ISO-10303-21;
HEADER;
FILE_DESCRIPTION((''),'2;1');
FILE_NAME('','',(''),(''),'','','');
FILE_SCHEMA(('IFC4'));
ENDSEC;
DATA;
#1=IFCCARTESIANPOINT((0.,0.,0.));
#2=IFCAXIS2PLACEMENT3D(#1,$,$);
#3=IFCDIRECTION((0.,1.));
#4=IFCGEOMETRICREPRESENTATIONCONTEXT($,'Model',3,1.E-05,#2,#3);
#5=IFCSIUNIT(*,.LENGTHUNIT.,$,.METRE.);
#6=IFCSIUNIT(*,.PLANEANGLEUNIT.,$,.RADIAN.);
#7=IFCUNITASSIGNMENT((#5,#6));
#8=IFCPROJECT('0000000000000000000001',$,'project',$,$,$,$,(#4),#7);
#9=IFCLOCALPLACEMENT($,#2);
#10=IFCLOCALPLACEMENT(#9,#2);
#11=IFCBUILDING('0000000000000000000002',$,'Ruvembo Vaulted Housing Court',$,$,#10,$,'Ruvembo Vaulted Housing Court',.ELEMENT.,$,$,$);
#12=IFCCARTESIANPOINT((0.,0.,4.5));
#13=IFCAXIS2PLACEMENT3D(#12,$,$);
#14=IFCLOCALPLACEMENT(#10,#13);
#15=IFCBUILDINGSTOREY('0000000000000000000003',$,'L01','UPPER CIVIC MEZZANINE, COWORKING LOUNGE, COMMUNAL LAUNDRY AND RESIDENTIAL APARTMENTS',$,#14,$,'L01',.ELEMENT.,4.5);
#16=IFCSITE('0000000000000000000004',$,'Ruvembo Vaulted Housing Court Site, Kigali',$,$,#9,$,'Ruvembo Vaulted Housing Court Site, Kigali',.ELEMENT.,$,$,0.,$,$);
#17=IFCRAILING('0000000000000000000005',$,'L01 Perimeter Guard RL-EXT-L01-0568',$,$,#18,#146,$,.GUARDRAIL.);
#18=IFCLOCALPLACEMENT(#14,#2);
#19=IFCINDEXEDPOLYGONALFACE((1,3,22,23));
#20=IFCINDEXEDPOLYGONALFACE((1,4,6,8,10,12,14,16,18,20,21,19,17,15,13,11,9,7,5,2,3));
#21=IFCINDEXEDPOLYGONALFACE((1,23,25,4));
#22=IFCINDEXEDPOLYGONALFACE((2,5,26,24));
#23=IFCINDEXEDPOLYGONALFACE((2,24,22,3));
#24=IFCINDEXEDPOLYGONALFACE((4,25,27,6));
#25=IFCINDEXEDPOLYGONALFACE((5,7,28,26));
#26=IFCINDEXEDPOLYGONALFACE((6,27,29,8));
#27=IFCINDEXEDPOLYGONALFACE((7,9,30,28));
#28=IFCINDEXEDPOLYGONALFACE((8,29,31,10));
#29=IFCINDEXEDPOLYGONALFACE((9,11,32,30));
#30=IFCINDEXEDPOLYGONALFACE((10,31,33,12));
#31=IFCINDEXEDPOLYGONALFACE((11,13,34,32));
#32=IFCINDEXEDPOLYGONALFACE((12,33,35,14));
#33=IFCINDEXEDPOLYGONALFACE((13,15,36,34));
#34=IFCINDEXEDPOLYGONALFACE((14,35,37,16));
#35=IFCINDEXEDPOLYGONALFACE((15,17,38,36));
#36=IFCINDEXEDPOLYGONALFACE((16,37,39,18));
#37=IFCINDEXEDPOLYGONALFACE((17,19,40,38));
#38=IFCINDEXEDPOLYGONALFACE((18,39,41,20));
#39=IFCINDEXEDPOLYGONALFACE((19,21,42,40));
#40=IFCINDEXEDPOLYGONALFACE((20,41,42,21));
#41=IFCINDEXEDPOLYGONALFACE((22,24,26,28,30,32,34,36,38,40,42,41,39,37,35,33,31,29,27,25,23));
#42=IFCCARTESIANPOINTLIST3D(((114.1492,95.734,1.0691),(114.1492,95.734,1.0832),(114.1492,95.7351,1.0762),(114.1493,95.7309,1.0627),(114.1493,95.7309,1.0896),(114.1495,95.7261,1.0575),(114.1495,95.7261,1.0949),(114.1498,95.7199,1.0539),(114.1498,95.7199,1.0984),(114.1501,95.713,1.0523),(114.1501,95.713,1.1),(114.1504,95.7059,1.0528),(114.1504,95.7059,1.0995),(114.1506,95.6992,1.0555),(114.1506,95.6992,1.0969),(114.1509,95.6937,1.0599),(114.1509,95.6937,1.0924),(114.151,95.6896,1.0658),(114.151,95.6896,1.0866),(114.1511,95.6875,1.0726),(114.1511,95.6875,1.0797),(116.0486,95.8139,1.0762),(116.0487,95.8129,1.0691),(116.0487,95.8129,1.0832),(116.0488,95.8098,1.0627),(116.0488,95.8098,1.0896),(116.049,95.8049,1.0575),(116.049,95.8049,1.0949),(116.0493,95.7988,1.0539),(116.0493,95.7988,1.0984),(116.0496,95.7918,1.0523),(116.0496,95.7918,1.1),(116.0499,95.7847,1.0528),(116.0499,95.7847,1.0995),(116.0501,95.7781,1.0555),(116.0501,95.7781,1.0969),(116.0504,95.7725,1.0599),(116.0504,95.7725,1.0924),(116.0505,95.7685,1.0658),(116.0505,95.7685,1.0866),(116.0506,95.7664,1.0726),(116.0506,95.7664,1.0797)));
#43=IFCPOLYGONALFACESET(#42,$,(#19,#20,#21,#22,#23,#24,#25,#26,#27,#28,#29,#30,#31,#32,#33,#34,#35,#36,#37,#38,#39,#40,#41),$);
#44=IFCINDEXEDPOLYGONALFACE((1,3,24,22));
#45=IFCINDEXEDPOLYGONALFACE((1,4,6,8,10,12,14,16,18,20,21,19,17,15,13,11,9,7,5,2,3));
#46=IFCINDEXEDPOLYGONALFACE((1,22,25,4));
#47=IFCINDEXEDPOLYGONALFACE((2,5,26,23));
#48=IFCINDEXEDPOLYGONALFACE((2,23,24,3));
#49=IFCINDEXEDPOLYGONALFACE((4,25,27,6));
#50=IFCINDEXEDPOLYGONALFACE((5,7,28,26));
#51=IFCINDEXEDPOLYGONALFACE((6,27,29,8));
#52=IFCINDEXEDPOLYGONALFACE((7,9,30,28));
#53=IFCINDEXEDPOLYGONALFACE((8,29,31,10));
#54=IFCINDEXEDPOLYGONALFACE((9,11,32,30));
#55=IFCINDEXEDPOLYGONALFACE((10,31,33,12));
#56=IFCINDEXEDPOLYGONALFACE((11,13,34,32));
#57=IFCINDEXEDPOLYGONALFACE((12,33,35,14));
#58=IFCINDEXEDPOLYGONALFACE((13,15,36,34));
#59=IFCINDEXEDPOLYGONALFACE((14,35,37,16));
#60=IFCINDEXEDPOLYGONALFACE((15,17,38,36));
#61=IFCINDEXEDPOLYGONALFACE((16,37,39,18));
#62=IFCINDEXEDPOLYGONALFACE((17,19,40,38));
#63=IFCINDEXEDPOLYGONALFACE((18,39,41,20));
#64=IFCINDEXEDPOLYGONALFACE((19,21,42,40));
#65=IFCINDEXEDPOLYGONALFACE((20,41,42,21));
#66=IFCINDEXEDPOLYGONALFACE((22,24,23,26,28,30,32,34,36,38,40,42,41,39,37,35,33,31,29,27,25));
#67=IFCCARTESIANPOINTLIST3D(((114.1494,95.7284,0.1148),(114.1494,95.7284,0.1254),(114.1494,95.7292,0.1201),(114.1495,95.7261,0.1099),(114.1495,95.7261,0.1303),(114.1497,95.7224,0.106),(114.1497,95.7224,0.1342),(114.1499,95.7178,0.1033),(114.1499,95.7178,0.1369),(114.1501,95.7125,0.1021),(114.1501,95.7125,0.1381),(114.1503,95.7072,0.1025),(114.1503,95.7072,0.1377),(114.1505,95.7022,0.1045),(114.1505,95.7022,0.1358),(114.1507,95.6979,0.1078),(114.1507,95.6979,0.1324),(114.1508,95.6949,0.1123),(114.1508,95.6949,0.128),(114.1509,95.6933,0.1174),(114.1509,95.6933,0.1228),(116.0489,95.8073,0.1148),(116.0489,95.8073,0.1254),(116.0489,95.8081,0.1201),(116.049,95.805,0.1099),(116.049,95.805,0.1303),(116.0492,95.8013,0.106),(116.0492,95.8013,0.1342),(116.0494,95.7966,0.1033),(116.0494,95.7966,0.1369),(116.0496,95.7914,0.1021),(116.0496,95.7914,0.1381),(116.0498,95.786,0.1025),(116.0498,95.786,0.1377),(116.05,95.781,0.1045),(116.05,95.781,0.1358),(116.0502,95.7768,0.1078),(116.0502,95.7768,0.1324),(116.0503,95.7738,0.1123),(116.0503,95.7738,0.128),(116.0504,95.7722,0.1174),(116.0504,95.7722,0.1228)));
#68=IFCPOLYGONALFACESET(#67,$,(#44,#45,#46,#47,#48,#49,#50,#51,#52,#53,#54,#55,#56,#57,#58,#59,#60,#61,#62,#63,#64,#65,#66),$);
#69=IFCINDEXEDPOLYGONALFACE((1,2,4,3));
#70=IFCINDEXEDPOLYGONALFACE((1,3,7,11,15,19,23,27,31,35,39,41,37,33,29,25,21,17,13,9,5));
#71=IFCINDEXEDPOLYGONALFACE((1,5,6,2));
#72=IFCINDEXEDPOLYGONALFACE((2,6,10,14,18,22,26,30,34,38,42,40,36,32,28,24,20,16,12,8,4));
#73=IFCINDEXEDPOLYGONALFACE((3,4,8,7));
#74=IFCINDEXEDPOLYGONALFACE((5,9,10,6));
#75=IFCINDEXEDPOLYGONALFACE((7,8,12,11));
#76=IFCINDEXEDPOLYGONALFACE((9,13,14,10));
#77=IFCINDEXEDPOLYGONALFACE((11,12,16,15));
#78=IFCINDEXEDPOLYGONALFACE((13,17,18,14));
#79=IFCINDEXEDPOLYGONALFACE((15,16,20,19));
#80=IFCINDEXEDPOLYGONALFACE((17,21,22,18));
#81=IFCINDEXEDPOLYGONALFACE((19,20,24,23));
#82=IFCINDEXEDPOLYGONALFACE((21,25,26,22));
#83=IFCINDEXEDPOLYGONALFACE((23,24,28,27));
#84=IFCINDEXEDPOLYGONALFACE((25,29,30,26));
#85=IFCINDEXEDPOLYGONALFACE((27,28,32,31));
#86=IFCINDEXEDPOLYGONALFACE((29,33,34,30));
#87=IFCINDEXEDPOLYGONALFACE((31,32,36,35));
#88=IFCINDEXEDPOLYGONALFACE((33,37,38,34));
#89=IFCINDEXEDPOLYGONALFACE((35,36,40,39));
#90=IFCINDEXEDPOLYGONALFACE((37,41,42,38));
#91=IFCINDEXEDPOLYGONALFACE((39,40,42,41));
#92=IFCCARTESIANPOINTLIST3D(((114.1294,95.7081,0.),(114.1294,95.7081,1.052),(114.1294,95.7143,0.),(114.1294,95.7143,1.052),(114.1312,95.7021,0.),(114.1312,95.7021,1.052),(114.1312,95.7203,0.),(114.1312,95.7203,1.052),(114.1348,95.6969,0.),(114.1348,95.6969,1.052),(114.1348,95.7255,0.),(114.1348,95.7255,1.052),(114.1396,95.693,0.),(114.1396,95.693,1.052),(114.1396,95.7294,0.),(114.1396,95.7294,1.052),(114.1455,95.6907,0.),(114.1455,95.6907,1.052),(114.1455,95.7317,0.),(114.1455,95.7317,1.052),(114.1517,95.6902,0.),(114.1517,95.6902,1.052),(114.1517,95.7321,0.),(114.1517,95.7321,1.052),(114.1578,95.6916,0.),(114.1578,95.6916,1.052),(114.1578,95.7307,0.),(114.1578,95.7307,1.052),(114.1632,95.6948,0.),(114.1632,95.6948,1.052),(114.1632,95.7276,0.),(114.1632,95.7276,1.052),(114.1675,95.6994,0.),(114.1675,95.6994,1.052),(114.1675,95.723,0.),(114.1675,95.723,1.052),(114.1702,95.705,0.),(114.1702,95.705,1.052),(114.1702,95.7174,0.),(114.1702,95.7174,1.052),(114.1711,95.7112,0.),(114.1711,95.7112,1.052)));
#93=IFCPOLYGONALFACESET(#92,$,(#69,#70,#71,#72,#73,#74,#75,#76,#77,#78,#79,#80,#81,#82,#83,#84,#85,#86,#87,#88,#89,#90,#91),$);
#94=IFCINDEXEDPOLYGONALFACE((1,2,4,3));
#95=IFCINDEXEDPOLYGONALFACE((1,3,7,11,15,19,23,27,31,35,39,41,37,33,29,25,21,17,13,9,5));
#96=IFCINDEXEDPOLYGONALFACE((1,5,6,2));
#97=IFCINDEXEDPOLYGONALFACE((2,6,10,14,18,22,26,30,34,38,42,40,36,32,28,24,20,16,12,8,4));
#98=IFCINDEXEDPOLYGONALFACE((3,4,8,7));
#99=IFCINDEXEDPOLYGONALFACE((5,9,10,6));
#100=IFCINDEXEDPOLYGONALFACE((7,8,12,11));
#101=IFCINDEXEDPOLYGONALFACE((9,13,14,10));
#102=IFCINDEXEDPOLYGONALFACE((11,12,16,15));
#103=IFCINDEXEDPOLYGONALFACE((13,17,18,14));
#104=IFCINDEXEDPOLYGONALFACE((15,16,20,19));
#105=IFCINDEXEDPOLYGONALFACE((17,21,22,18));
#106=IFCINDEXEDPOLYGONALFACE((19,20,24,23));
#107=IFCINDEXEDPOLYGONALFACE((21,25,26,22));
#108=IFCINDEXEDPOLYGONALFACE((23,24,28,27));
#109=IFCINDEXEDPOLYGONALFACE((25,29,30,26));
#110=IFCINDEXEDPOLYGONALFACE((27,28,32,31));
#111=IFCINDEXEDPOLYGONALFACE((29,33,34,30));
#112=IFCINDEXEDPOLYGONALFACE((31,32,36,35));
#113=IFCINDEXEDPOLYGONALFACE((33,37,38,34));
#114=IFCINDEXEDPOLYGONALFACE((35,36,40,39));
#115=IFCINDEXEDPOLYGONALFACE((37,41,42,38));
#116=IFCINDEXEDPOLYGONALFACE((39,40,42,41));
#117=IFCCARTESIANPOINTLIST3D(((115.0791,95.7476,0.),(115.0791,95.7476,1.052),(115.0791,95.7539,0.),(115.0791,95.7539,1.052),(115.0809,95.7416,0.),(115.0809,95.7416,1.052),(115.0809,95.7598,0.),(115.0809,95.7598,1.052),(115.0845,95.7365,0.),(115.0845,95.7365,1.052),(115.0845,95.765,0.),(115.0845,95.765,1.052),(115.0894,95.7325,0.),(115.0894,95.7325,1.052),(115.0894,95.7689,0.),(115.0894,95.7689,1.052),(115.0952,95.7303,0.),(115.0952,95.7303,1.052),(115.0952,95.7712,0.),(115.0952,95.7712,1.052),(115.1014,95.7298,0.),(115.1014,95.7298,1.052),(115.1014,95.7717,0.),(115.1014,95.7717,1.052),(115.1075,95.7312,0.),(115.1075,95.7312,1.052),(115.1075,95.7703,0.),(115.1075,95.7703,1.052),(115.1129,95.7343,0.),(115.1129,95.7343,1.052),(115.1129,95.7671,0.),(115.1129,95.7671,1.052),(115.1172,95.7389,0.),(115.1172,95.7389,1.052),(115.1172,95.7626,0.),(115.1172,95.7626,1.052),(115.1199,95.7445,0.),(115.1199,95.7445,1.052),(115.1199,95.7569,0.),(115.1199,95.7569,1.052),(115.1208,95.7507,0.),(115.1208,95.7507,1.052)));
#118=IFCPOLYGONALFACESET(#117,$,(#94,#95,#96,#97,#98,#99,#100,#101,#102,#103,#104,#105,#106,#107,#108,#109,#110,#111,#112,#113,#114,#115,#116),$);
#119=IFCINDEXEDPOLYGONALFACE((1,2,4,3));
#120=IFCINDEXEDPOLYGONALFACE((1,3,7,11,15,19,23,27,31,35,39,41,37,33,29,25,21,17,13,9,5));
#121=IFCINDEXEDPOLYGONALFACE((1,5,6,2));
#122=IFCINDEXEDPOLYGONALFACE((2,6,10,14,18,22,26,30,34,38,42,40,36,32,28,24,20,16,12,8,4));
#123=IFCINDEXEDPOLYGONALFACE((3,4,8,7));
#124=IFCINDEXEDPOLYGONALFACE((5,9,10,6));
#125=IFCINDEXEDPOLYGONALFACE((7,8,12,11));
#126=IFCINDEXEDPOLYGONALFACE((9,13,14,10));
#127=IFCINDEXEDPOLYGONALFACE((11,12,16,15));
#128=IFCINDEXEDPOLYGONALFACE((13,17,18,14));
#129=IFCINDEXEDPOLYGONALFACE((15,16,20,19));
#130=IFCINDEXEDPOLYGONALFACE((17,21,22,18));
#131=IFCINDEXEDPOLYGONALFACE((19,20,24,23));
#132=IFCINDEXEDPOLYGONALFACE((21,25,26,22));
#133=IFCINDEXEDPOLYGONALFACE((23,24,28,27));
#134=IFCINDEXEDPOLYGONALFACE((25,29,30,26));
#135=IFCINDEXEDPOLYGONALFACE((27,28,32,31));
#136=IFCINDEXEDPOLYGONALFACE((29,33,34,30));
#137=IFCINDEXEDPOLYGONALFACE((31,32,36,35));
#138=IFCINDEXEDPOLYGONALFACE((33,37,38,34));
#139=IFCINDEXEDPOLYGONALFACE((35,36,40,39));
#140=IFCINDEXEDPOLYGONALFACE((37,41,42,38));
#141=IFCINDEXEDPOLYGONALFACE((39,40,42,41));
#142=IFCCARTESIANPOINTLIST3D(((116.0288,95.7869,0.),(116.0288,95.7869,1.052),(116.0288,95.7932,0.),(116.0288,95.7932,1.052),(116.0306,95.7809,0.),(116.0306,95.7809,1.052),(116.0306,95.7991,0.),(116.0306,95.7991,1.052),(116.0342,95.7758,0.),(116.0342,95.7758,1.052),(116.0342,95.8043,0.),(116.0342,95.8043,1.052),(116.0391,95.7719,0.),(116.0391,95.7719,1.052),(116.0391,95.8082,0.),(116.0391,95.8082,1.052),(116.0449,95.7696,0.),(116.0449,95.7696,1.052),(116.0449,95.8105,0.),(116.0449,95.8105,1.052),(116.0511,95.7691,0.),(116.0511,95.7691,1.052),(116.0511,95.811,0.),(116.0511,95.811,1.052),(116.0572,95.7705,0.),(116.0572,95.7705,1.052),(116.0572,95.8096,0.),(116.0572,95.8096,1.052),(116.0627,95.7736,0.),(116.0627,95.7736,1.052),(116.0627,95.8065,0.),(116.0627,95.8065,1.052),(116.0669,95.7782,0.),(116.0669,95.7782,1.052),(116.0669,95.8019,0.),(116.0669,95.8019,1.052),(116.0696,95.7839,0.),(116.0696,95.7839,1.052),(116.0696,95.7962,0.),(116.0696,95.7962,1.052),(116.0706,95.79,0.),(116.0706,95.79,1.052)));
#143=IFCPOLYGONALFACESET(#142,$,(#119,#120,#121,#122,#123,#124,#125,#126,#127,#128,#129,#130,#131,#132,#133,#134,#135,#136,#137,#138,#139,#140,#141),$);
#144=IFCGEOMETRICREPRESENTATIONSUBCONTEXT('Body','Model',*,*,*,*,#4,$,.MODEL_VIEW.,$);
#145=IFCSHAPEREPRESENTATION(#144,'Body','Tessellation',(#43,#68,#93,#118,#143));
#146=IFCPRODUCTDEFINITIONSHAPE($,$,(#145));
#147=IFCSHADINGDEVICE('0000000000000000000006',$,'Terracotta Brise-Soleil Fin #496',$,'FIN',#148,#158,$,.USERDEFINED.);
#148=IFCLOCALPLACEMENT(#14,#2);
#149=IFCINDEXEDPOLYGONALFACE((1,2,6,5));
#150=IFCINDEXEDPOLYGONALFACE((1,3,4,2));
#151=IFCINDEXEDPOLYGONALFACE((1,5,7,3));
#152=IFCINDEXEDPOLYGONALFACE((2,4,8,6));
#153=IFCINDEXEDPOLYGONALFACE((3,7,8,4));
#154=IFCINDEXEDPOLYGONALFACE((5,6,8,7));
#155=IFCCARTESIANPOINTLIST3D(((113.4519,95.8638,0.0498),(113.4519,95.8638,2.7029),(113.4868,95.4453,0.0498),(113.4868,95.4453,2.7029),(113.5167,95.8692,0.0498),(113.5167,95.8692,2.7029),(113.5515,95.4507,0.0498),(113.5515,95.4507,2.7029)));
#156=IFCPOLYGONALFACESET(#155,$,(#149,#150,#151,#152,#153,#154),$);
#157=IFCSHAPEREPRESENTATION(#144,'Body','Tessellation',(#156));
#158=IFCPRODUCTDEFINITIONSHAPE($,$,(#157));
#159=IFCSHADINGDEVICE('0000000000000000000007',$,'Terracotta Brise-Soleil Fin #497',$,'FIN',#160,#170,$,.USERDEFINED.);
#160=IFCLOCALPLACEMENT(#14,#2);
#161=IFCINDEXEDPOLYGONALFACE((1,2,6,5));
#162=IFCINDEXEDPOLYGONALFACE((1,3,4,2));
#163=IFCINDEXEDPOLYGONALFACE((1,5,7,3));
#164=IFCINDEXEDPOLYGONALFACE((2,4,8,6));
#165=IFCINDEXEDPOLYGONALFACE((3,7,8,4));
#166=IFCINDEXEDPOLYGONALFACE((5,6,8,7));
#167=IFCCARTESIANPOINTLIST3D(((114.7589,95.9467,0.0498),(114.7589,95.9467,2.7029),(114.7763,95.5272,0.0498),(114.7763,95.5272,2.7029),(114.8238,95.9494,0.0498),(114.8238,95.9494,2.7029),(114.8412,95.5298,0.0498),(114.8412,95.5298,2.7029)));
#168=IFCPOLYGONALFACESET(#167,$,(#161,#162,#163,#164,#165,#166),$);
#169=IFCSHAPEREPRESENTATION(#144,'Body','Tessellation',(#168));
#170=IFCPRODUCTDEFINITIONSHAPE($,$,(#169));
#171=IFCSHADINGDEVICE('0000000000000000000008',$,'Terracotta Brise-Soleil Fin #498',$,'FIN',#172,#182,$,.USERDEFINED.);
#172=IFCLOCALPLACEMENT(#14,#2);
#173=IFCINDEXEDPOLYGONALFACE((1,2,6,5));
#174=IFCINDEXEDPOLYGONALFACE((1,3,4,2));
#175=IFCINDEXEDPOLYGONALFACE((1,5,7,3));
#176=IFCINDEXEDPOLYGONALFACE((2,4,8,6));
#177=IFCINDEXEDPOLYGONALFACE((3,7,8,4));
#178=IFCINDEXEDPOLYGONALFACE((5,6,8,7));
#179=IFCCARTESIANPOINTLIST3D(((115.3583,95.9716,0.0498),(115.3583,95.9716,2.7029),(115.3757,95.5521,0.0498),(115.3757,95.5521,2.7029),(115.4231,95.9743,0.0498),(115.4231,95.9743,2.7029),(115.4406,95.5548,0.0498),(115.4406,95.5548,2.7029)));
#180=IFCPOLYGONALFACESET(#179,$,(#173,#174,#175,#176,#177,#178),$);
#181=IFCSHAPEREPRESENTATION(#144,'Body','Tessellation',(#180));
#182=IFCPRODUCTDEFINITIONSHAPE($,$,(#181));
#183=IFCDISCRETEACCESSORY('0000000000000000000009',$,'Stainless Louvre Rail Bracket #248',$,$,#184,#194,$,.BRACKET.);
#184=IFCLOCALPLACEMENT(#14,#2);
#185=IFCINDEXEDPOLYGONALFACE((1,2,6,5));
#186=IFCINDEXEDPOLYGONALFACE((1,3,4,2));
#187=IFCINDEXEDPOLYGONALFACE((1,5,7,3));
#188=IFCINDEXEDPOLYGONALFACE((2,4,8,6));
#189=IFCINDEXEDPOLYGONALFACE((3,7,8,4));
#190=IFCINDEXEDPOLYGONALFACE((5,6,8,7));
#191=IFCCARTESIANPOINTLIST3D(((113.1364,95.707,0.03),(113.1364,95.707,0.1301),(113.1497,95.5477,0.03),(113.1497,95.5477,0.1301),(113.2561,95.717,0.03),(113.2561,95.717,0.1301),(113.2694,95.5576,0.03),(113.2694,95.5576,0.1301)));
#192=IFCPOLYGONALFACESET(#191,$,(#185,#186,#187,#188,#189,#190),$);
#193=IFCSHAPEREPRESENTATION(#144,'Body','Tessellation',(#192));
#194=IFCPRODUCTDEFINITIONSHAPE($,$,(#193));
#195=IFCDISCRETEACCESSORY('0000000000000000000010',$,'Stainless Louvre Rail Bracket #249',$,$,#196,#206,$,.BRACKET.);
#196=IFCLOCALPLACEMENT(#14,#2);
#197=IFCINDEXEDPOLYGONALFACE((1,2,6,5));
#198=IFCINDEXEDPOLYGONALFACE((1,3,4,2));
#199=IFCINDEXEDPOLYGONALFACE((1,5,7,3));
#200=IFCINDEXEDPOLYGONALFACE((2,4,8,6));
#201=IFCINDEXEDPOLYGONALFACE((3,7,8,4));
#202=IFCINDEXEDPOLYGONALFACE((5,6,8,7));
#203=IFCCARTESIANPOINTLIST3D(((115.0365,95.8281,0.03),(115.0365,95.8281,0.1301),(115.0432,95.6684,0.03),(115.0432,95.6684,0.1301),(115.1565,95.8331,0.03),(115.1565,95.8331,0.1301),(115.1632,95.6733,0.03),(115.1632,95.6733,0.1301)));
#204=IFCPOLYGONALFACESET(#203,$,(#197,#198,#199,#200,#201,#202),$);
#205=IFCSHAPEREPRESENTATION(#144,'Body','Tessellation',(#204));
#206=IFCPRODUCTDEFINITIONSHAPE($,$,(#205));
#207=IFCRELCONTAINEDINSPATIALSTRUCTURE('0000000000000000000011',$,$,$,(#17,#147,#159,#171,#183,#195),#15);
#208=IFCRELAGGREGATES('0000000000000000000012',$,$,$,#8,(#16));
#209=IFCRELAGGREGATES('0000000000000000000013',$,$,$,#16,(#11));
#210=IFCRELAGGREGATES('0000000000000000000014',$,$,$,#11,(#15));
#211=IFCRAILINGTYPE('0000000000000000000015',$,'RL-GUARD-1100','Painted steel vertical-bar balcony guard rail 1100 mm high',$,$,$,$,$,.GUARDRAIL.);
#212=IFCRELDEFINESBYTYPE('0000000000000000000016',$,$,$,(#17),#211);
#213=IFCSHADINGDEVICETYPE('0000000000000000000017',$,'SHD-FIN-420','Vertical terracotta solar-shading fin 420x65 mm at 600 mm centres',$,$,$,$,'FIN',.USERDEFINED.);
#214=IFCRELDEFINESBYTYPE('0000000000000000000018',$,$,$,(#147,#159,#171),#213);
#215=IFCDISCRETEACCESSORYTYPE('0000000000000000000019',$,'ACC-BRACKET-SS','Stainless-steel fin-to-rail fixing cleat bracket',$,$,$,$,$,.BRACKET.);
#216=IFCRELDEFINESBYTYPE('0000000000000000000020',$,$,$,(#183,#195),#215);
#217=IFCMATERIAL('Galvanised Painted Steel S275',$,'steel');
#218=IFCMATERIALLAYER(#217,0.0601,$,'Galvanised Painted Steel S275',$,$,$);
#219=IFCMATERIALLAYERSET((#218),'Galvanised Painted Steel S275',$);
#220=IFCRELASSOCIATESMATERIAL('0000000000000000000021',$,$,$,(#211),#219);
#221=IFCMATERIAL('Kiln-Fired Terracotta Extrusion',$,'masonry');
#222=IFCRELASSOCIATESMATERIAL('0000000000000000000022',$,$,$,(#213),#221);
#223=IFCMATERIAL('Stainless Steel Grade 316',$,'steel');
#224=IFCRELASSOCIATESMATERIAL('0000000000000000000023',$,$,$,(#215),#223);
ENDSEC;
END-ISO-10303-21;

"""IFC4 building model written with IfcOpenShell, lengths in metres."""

from ifc_helpers import new_model, si_unit, direction, frame, origin, origin_2d, place, context, subcontext, project, spatial, rectangle, circle, extrude, material, layer, layer_set, type_object, element, save


model = new_model("IFC4")

# Units and contexts
model_context = context("Model", 3, precision=1e-05, world=origin(), true_north=direction((0.0, 1.0)))
body_context = subcontext(model_context, "Body", "Model", "MODEL_VIEW")
ifc_project = project(units=[si_unit("LENGTHUNIT", "METRE"), si_unit("PLANEANGLEUNIT", "RADIAN")], contexts=[model_context])

# Site, building, storey
site_placement = place(None, origin())
site = spatial("IfcSite", under=ifc_project, at=site_placement, Name="Ruvembo Vaulted Housing Court Site, Kigali", LongName="Ruvembo Vaulted Housing Court Site, Kigali", CompositionType="ELEMENT", RefElevation=0.0)
building_placement = place(site_placement, origin())
building = spatial("IfcBuilding", under=site, at=building_placement, Name="Ruvembo Vaulted Housing Court", LongName="Ruvembo Vaulted Housing Court", CompositionType="ELEMENT")
storey_placement = place(building_placement, frame((0.0, 0.0, 4.5)))
storey = spatial("IfcBuildingStorey", under=building, at=storey_placement, Name="L01", Description="UPPER CIVIC MEZZANINE, COWORKING LOUNGE, COMMUNAL LAUNDRY AND RESIDENTIAL APARTMENTS", LongName="L01", CompositionType="ELEMENT", Elevation=4.5)

# Railing
ifc_material_1 = material(Name="Galvanised Painted Steel S275", Category="steel")
ifc_layer_1 = layer(ifc_material_1, 0.0601, Name="Galvanised Painted Steel S275")
ifc_layer_set_1 = layer_set([ifc_layer_1], Name="Galvanised Painted Steel S275")
railing_type = type_object("IfcRailingType", Name="RL-GUARD-1100", Description="Painted steel vertical-bar balcony guard rail 1100 mm high", PredefinedType="GUARDRAIL", material=ifc_layer_set_1)
railing_placement = place(storey_placement, frame((114.1501, 95.7112, 0.0)))
element("IfcRailing", 1, at=railing_placement, inside=storey, type_object=railing_type, Name="L01 Perimeter Guard RL-EXT-L01-0568", PredefinedType="GUARDRAIL", context=body_context, shape_type="SweptSolid", body=[
    extrude(circle(Radius=0.0239, at=origin_2d()), frame((0.0, 0.0, 1.0762), z_axis=(0.999139, 0.041481, 0.0), x_axis=(-0.041481, 0.999139, 0.0)), (0.0, 0.0, 1.0), 1.9011),
    extrude(circle(Radius=0.0181, at=origin_2d()), frame((0.0, 0.0, 0.1201), z_axis=(0.999139, 0.041481, 0.0), x_axis=(-0.041481, 0.999139, 0.0)), (0.0, 0.0, 1.0), 1.9011),
    extrude(circle(Radius=0.021, at=origin_2d()), origin(), (0.0, 0.0, 1.0), 1.052),
    extrude(circle(Radius=0.021, at=origin_2d()), frame((0.9497, 0.0396, 0.0)), (0.0, 0.0, 1.0), 1.052),
    extrude(circle(Radius=0.021, at=origin_2d()), frame((1.8994, 0.0789, 0.0)), (0.0, 0.0, 1.0), 1.052),
])

# Shading devices
ifc_material_2 = material(Name="Kiln-Fired Terracotta Extrusion", Category="masonry")
shading_device_type = type_object("IfcShadingDeviceType", Name="SHD-FIN-420", Description="Vertical terracotta solar-shading fin 420x65 mm at 600 mm centres", ElementType="FIN", PredefinedType="USERDEFINED", material=ifc_material_2)
for number, where, z_axis, x_axis, name in (
    (2, (113.5017, 95.6572, 0.0498), (0.0, 0.0, 1.0), (0.082895, -0.996558, 0.0), "Terracotta Brise-Soleil Fin #496"),
    (3, (114.8, 95.7383, 0.0498), (0.0, 0.0, 1.0), (0.041509, -0.999138, 0.0), "Terracotta Brise-Soleil Fin #497"),
    (4, (115.3994, 95.7632, 0.0498), (0.0, 0.0, 1.0), (0.041509, -0.999138, 0.0), "Terracotta Brise-Soleil Fin #498"),
):
    element("IfcShadingDevice", number, at=place(storey_placement, frame(where, z_axis=z_axis, x_axis=x_axis)), inside=storey, type_object=shading_device_type, Name=name, ObjectType="FIN", PredefinedType="USERDEFINED", context=body_context, shape_type="SweptSolid", body=[
        extrude(rectangle(XDim=0.4199, YDim=0.0649, at=origin_2d()), origin(), (0.0, 0.0, 1.0), 2.6531),
    ])

# Discrete accessories
ifc_material_3 = material(Name="Stainless Steel Grade 316", Category="steel")
discrete_accessory_type = type_object("IfcDiscreteAccessoryType", Name="ACC-BRACKET-SS", Description="Stainless-steel fin-to-rail fixing cleat bracket", PredefinedType="BRACKET", material=ifc_material_3)
for number, where, z_axis, x_axis, name in (
    (5, (113.2029, 95.6323, 0.03), (0.0, 0.0, 1.0), (0.082895, -0.996558, 0.0), "Stainless Louvre Rail Bracket #248"),
    (6, (115.0999, 95.7507, 0.03), (0.0, 0.0, 1.0), (0.041509, -0.999138, 0.0), "Stainless Louvre Rail Bracket #249"),
):
    element("IfcDiscreteAccessory", number, at=place(storey_placement, frame(where, z_axis=z_axis, x_axis=x_axis)), inside=storey, type_object=discrete_accessory_type, Name=name, PredefinedType="BRACKET", context=body_context, shape_type="SweptSolid", body=[
        extrude(rectangle(XDim=0.1599, YDim=0.1201, at=origin_2d()), origin(), (0.0, 0.0, 1.0), 0.1001),
    ])

save(model, "model.ifc")
